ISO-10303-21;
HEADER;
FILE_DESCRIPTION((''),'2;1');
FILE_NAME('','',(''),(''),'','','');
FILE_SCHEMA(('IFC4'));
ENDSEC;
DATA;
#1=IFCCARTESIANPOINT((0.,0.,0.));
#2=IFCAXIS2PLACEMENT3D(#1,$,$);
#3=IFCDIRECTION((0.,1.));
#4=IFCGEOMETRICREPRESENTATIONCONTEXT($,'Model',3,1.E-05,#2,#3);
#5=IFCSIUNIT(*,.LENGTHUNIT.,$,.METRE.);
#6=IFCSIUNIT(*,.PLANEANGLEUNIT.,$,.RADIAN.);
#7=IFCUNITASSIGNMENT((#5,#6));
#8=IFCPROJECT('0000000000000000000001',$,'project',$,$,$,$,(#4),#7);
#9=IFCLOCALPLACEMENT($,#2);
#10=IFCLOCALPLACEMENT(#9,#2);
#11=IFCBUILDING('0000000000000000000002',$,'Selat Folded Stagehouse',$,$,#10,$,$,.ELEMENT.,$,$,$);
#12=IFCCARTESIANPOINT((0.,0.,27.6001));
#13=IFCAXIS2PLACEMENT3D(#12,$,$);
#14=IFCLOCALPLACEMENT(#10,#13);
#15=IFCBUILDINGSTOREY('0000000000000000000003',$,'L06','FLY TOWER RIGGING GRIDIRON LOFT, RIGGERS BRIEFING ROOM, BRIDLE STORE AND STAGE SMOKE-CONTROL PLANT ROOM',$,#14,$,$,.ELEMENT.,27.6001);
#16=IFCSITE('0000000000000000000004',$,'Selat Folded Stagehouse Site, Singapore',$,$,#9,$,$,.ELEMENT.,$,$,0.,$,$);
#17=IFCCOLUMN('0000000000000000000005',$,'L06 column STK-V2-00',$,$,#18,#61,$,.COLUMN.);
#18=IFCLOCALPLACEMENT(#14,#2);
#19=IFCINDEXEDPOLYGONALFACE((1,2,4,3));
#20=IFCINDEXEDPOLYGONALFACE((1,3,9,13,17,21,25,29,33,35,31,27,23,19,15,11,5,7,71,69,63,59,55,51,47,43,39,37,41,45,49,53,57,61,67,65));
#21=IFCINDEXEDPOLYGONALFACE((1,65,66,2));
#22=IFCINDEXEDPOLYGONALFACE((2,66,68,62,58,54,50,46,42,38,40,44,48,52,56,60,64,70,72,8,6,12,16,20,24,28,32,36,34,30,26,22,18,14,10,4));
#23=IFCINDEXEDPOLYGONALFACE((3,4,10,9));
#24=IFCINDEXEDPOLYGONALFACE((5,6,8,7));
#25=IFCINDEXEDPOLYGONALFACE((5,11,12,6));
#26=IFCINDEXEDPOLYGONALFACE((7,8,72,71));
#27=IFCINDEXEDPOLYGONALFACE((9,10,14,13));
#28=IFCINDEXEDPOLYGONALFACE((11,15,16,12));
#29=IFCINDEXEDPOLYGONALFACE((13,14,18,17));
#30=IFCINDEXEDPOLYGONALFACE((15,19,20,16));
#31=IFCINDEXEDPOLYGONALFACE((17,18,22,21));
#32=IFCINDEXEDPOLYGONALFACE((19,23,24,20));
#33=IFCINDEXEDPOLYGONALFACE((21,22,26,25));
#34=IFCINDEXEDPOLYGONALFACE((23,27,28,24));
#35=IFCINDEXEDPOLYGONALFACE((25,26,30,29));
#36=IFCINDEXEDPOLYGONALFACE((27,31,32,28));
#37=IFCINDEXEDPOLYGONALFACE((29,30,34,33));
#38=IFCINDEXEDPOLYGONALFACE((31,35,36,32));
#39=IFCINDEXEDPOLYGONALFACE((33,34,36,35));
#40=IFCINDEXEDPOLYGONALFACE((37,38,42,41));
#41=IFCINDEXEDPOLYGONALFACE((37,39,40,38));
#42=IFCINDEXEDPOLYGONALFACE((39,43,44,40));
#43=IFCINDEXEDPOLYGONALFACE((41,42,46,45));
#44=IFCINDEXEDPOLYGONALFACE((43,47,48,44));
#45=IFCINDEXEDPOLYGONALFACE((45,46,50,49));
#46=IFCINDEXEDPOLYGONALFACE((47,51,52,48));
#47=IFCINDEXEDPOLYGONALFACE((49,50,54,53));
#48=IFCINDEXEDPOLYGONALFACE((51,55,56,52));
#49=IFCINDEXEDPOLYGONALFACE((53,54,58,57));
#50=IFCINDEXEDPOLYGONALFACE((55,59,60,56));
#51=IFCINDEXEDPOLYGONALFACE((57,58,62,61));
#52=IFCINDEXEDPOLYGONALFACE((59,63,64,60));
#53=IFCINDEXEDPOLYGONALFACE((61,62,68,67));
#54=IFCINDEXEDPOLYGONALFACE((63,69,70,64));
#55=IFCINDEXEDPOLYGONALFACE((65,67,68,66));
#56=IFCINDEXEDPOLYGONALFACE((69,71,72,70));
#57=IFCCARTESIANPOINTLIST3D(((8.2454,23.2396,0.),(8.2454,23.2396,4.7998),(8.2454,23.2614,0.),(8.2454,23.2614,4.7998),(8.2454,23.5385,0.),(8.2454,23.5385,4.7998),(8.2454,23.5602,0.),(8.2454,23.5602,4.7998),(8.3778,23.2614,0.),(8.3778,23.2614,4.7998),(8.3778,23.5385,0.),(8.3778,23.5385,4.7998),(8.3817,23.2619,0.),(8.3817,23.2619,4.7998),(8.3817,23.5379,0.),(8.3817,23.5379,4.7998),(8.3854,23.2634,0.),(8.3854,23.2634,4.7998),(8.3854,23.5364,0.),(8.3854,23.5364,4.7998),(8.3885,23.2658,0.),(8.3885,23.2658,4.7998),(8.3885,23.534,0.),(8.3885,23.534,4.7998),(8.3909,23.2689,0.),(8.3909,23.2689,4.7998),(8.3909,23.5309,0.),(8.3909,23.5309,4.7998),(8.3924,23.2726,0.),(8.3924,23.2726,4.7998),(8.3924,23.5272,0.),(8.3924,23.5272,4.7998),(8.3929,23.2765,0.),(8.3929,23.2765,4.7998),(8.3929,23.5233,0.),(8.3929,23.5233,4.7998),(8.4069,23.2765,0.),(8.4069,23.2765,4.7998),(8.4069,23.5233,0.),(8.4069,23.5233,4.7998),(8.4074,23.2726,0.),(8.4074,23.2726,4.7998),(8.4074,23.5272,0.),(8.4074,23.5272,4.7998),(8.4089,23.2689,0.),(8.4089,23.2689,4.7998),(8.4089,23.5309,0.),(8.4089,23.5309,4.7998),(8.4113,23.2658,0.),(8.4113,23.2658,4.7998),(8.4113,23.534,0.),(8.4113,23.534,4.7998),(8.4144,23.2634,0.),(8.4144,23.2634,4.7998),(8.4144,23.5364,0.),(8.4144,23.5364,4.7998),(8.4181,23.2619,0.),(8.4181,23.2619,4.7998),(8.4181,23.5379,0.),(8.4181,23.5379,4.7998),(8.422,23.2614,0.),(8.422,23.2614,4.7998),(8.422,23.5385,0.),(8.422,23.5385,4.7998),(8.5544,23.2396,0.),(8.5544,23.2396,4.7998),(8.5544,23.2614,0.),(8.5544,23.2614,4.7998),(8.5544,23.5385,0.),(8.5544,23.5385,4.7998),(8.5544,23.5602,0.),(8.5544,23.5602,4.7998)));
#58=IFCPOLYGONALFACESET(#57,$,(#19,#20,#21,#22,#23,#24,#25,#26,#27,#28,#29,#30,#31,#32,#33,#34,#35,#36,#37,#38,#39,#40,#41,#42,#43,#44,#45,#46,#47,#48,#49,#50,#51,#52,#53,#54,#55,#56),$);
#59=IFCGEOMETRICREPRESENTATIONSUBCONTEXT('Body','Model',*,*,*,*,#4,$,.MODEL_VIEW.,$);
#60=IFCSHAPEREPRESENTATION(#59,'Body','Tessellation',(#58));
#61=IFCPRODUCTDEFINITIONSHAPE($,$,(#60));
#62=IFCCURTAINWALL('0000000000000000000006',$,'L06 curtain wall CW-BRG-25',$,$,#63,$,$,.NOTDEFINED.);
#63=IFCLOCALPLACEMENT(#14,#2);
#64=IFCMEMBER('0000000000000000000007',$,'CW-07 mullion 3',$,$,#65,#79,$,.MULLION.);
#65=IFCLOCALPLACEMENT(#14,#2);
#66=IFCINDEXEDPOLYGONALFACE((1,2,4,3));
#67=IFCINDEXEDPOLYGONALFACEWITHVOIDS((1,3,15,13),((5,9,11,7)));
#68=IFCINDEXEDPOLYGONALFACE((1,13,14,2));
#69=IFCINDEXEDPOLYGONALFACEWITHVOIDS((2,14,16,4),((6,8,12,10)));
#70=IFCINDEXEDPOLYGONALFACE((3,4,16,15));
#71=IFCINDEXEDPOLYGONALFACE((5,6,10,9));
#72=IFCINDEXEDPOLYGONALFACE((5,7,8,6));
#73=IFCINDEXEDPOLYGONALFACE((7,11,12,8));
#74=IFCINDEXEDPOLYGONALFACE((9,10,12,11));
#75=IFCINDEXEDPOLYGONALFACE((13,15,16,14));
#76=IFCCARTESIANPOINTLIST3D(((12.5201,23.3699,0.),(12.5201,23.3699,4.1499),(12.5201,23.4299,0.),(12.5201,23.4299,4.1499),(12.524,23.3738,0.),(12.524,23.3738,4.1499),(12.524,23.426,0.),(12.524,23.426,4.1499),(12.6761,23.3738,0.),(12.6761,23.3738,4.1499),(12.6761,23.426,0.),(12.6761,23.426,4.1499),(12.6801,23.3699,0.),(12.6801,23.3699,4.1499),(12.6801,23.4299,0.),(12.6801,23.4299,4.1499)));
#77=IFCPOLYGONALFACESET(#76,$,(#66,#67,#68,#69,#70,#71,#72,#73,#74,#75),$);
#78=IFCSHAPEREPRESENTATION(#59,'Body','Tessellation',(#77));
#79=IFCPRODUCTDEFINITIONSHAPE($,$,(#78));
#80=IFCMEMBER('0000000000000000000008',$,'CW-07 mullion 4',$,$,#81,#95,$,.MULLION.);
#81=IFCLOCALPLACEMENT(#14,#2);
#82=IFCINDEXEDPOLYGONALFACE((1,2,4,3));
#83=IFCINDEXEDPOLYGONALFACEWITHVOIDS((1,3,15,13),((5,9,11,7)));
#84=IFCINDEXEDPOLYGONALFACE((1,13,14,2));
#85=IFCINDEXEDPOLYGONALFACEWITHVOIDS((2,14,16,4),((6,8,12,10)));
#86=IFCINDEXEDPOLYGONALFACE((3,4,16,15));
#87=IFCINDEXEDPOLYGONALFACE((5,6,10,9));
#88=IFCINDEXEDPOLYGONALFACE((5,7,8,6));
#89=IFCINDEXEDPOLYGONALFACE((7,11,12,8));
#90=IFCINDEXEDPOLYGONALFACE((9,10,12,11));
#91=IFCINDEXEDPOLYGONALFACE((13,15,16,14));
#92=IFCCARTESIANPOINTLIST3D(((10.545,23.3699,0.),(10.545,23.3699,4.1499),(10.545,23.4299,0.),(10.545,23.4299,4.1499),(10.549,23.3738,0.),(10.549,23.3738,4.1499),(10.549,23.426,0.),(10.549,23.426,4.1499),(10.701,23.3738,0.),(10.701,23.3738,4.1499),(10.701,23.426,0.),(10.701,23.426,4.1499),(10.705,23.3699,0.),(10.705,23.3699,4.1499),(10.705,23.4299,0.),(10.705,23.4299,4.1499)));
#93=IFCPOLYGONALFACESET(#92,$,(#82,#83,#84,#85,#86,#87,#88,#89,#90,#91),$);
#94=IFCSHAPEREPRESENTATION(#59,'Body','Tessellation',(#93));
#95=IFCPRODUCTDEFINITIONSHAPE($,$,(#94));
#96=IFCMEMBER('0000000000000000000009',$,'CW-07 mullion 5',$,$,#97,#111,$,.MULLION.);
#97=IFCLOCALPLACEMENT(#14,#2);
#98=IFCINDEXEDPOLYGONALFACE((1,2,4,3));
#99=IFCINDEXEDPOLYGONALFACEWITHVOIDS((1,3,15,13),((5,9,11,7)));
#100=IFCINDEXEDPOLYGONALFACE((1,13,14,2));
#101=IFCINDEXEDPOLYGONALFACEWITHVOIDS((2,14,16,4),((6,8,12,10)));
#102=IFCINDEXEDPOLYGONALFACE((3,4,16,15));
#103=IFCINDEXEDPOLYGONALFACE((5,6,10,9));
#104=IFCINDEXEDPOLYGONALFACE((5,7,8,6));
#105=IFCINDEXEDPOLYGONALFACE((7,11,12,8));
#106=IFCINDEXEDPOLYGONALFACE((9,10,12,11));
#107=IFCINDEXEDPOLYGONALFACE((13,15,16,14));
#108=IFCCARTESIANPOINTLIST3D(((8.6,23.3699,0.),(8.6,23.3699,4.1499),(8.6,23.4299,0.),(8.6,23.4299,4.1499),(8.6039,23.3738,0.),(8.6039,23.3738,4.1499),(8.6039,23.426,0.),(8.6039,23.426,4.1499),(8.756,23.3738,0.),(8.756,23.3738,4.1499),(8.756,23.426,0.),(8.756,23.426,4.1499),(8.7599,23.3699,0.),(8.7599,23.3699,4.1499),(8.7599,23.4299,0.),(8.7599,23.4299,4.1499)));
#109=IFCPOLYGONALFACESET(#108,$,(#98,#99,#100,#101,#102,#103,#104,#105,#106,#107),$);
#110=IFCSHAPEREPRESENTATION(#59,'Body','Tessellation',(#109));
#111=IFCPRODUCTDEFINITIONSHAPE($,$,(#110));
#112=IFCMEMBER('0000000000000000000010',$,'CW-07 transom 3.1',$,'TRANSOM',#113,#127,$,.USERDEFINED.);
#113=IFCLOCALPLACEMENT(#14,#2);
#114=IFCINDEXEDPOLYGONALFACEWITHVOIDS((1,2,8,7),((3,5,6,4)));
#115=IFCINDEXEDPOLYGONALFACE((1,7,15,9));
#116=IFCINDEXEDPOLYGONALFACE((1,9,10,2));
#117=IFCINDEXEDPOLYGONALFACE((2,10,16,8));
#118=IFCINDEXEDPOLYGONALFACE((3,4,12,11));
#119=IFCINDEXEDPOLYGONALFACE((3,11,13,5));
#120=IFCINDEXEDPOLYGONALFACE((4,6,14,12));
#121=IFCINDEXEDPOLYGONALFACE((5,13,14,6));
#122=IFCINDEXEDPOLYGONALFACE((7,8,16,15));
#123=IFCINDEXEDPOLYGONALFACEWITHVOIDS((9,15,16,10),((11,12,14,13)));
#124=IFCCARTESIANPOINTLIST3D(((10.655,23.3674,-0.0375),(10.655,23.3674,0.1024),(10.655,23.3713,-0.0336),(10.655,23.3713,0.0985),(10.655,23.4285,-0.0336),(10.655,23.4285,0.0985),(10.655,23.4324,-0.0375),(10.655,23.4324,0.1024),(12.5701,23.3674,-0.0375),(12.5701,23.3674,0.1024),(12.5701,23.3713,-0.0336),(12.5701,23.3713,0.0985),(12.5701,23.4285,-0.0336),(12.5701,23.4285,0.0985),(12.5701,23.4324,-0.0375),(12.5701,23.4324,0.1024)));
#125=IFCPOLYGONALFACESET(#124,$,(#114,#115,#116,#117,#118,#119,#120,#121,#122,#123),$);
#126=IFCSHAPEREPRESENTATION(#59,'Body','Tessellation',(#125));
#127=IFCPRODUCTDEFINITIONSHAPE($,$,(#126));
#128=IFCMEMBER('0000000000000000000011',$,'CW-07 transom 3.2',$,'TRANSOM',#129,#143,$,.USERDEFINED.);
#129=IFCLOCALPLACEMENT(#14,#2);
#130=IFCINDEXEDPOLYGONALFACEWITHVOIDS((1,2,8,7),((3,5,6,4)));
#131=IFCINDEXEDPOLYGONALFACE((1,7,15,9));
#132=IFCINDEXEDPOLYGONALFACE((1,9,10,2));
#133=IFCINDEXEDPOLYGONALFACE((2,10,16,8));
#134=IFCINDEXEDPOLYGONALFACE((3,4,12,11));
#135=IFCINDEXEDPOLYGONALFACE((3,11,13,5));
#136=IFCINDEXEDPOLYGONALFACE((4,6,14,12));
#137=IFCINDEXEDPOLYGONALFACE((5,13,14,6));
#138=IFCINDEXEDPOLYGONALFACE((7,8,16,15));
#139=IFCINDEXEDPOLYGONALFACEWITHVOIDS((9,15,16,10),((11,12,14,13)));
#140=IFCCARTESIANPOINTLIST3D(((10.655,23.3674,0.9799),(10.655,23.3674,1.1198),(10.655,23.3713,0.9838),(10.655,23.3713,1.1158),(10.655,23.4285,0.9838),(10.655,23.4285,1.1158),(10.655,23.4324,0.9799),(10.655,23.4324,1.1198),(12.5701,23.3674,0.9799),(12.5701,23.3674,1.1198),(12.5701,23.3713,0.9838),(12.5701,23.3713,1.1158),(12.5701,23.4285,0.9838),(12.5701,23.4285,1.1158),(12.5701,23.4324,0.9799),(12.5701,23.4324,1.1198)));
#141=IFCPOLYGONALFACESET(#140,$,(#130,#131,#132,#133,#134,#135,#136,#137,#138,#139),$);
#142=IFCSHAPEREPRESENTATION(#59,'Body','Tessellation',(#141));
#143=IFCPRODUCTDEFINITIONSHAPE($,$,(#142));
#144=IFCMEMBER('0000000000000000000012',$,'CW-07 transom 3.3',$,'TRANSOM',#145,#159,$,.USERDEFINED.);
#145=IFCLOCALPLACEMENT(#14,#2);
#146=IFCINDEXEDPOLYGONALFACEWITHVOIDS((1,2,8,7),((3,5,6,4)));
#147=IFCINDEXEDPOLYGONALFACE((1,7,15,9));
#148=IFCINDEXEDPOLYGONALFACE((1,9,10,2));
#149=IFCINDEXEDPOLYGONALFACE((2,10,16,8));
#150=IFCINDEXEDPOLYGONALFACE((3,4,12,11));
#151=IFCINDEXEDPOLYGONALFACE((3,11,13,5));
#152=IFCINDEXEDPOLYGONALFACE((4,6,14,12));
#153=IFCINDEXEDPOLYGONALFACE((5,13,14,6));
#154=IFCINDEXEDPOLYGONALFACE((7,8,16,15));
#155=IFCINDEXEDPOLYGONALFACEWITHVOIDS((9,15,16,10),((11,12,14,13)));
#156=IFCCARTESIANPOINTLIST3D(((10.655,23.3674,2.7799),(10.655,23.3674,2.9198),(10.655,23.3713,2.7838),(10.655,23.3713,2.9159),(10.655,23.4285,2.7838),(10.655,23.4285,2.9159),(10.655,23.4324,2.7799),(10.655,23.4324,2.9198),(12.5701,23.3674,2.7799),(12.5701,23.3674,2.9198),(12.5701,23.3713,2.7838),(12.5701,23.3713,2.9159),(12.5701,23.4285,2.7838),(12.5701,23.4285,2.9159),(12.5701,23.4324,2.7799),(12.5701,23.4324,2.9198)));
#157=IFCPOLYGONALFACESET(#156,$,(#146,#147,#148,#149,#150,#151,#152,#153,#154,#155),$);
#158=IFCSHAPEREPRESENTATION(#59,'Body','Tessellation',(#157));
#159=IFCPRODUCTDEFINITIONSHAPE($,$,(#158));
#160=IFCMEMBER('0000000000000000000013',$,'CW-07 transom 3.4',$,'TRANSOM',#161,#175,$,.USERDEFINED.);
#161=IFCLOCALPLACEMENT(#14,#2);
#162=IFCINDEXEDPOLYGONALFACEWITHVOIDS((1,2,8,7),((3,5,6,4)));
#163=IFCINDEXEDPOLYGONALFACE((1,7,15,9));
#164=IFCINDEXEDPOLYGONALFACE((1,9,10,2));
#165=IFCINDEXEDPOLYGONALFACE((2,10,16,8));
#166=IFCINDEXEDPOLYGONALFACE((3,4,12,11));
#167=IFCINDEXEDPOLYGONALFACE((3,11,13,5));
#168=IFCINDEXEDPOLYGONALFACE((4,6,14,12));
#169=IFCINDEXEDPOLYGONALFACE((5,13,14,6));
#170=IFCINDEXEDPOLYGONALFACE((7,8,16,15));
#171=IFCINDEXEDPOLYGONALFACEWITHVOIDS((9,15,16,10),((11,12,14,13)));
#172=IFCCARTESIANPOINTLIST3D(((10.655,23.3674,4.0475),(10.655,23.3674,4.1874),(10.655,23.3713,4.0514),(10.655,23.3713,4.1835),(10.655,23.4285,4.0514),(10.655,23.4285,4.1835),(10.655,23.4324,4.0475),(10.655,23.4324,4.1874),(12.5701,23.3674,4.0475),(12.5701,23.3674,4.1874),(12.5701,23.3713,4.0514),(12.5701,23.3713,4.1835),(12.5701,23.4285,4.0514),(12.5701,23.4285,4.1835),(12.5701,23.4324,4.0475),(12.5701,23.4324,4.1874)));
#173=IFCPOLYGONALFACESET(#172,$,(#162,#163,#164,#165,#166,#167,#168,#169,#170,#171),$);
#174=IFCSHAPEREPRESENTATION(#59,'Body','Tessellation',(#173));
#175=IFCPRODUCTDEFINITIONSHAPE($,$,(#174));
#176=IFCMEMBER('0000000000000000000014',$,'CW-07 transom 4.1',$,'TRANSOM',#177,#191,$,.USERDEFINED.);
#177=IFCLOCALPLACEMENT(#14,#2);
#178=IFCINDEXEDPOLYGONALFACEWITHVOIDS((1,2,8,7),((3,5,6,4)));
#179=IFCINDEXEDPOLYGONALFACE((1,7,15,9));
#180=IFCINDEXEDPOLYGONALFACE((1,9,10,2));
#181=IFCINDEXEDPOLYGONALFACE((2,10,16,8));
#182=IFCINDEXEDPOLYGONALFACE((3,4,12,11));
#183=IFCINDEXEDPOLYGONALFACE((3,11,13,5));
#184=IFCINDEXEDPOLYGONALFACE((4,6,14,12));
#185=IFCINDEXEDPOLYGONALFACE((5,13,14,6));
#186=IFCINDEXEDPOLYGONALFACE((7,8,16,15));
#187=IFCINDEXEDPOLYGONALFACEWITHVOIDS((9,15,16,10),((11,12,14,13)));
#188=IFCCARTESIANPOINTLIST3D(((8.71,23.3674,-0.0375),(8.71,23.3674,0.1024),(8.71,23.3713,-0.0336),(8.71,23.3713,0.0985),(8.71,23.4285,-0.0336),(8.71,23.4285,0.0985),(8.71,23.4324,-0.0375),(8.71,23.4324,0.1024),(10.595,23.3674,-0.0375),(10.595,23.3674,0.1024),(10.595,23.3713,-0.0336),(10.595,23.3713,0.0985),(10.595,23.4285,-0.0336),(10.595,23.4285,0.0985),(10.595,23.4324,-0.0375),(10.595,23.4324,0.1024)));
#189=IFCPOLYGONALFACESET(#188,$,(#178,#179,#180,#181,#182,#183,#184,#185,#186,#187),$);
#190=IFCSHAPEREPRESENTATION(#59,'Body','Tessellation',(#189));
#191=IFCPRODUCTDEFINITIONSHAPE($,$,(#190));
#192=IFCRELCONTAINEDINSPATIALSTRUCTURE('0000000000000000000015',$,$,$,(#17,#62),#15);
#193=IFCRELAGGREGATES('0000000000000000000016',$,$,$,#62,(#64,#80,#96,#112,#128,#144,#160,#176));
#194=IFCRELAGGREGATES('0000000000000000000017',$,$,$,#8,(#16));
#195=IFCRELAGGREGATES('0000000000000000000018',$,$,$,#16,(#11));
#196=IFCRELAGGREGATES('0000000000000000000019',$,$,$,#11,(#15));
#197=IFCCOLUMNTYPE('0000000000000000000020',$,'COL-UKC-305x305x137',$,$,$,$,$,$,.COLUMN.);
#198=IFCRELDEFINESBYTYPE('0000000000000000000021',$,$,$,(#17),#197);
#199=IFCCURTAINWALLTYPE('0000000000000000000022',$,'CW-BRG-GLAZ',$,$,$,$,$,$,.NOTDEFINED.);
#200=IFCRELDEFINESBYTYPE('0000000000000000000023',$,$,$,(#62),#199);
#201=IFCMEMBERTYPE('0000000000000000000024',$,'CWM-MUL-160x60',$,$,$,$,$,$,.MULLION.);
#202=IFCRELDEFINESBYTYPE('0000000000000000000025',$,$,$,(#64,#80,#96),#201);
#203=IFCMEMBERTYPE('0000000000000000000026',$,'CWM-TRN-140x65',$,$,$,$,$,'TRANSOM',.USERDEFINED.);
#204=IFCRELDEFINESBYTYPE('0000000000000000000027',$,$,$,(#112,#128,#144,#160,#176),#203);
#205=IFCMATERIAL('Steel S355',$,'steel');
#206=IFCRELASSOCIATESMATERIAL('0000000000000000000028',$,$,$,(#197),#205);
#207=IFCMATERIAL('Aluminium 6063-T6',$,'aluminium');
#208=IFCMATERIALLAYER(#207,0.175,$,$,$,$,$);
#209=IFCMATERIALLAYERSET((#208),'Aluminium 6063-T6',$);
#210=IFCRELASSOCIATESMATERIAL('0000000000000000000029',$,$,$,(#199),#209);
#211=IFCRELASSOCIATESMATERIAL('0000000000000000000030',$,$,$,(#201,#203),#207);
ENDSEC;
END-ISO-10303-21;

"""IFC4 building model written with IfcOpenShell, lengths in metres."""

from ifc_helpers import new_model, si_unit, direction, frame, origin, origin_2d, place, context, subcontext, project, spatial, hollow_rectangle, i_section, extrude, material, layer, layer_set, material_profile, profile_set, type_object, element, aggregate, save


model = new_model("IFC4")

# Units and contexts
model_context = context("Model", 3, precision=1e-05, world=origin(), true_north=direction((0.0, 1.0)))
body_context = subcontext(model_context, "Body", "Model", "MODEL_VIEW")
ifc_project = project(units=[si_unit("LENGTHUNIT", "METRE"), si_unit("PLANEANGLEUNIT", "RADIAN")], contexts=[model_context])

# Site, building, storey
site_placement = place(None, origin())
site = spatial("IfcSite", under=ifc_project, at=site_placement, Name="Selat Folded Stagehouse Site, Singapore", CompositionType="ELEMENT", RefElevation=0.0)
building_placement = place(site_placement, origin())
building = spatial("IfcBuilding", under=site, at=building_placement, Name="Selat Folded Stagehouse", CompositionType="ELEMENT")
storey_placement = place(building_placement, frame((0.0, 0.0, 27.6001)))
storey = spatial("IfcBuildingStorey", under=building, at=storey_placement, Name="L06", Description="FLY TOWER RIGGING GRIDIRON LOFT, RIGGERS BRIEFING ROOM, BRIDLE STORE AND STAGE SMOKE-CONTROL PLANT ROOM", CompositionType="ELEMENT", Elevation=27.6001)

# Column
ifc_material_1 = material(Name="Steel S355", Category="steel")
ifc_material_profile_1 = material_profile(ifc_material_1, i_section(OverallWidth=0.3091, OverallDepth=0.3206, WebThickness=0.0139, FlangeThickness=0.0217, FilletRadius=0.0151, at=origin_2d()), Name="UKC 305x305x137")
ifc_profile_set_1 = profile_set([ifc_material_profile_1], Name="Steel S355")
column_type = type_object("IfcColumnType", Name="COL-UKC-305x305x137", PredefinedType="COLUMN", material=ifc_profile_set_1)
column_placement = place(storey_placement, frame((8.3999, 23.3999, 0.0), z_axis=(0.0, 0.0, 1.0), x_axis=(1.0, 0.0, 0.0)))
element("IfcColumn", 1, at=column_placement, inside=storey, type_object=column_type, Name="L06 column STK-V2-00", PredefinedType="COLUMN", context=body_context, shape_type="SweptSolid", body=[
    extrude(i_section(OverallWidth=0.3091, OverallDepth=0.3206, WebThickness=0.0139, FlangeThickness=0.0217, FilletRadius=0.0151, at=origin_2d()), origin(), (0.0, 0.0, 1.0), 4.7998),
])

# Curtain wall, members
ifc_material_2 = material(Name="Aluminium 6063-T6", Category="aluminium")
ifc_layer_1 = layer(ifc_material_2, 0.175)
ifc_layer_set_1 = layer_set([ifc_layer_1], Name="Aluminium 6063-T6")
curtain_wall_type = type_object("IfcCurtainWallType", Name="CW-BRG-GLAZ", PredefinedType="NOTDEFINED", material=ifc_layer_set_1)
curtain_wall_placement = place(storey_placement, origin())
curtain_wall = element("IfcCurtainWall", 2, at=curtain_wall_placement, inside=storey, type_object=curtain_wall_type, Name="L06 curtain wall CW-BRG-25", PredefinedType="NOTDEFINED")
ifc_material_profile_2 = material_profile(ifc_material_2, hollow_rectangle(XDim=0.0601, YDim=0.1599, WallThickness=0.0039, at=origin_2d()), Name="ALU 160x60x4.0")
ifc_profile_set_2 = profile_set([ifc_material_profile_2], Name="Aluminium 6063-T6")
member_type_1 = type_object("IfcMemberType", Name="CWM-MUL-160x60", PredefinedType="MULLION", material=ifc_profile_set_2)
member_1_placement = place(storey_placement, frame((12.6001, 23.3999, 0.0), z_axis=(0.0, 0.0, 1.0), x_axis=(0.0, -1.0, 0.0)))
member_1 = element("IfcMember", 3, at=member_1_placement, type_object=member_type_1, Name="CW-07 mullion 3", PredefinedType="MULLION", context=body_context, shape_type="SweptSolid", body=[
    extrude(hollow_rectangle(XDim=0.0601, YDim=0.1599, WallThickness=0.0039, at=origin_2d()), origin(), (0.0, 0.0, 1.0), 4.1499),
])
member_2_placement = place(storey_placement, frame((10.625, 23.3999, 0.0), z_axis=(0.0, 0.0, 1.0), x_axis=(0.0, -1.0, 0.0)))
member_2 = element("IfcMember", 4, at=member_2_placement, type_object=member_type_1, Name="CW-07 mullion 4", PredefinedType="MULLION", context=body_context, shape_type="SweptSolid", body=[
    extrude(hollow_rectangle(XDim=0.0601, YDim=0.1599, WallThickness=0.0039, at=origin_2d()), origin(), (0.0, 0.0, 1.0), 4.1499),
])
member_3_placement = place(storey_placement, frame((8.6799, 23.3999, 0.0), z_axis=(0.0, 0.0, 1.0), x_axis=(0.0, -1.0, 0.0)))
member_3 = element("IfcMember", 5, at=member_3_placement, type_object=member_type_1, Name="CW-07 mullion 5", PredefinedType="MULLION", context=body_context, shape_type="SweptSolid", body=[
    extrude(hollow_rectangle(XDim=0.0601, YDim=0.1599, WallThickness=0.0039, at=origin_2d()), origin(), (0.0, 0.0, 1.0), 4.1499),
])
ifc_material_profile_3 = material_profile(ifc_material_2, hollow_rectangle(XDim=0.0649, YDim=0.1399, WallThickness=0.0039, at=origin_2d()), Name="ALU 140x65x4.0")
ifc_profile_set_3 = profile_set([ifc_material_profile_3], Name="Aluminium 6063-T6")
member_type_2 = type_object("IfcMemberType", Name="CWM-TRN-140x65", ElementType="TRANSOM", PredefinedType="USERDEFINED", material=ifc_profile_set_3)
member_4_placement = place(storey_placement, frame((12.5701, 23.3999, 0.0325), z_axis=(-1.0, 0.0, 0.0), x_axis=(0.0, -1.0, 0.0)))
member_4 = element("IfcMember", 6, at=member_4_placement, type_object=member_type_2, Name="CW-07 transom 3.1", ObjectType="TRANSOM", PredefinedType="USERDEFINED", context=body_context, shape_type="SweptSolid", body=[
    extrude(hollow_rectangle(XDim=0.0649, YDim=0.1399, WallThickness=0.0039, at=origin_2d()), origin(), (0.0, 0.0, 1.0), 1.915),
])
member_5_placement = place(storey_placement, frame((12.5701, 23.3999, 1.0498), z_axis=(-1.0, 0.0, 0.0), x_axis=(0.0, -1.0, 0.0)))
member_5 = element("IfcMember", 7, at=member_5_placement, type_object=member_type_2, Name="CW-07 transom 3.2", ObjectType="TRANSOM", PredefinedType="USERDEFINED", context=body_context, shape_type="SweptSolid", body=[
    extrude(hollow_rectangle(XDim=0.0649, YDim=0.1399, WallThickness=0.0039, at=origin_2d()), origin(), (0.0, 0.0, 1.0), 1.915),
])
member_6_placement = place(storey_placement, frame((12.5701, 23.3999, 2.8499), z_axis=(-1.0, 0.0, 0.0), x_axis=(0.0, -1.0, 0.0)))
member_6 = element("IfcMember", 8, at=member_6_placement, type_object=member_type_2, Name="CW-07 transom 3.3", ObjectType="TRANSOM", PredefinedType="USERDEFINED", context=body_context, shape_type="SweptSolid", body=[
    extrude(hollow_rectangle(XDim=0.0649, YDim=0.1399, WallThickness=0.0039, at=origin_2d()), origin(), (0.0, 0.0, 1.0), 1.915),
])
member_7_placement = place(storey_placement, frame((12.5701, 23.3999, 4.1174), z_axis=(-1.0, 0.0, 0.0), x_axis=(0.0, -1.0, 0.0)))
member_7 = element("IfcMember", 9, at=member_7_placement, type_object=member_type_2, Name="CW-07 transom 3.4", ObjectType="TRANSOM", PredefinedType="USERDEFINED", context=body_context, shape_type="SweptSolid", body=[
    extrude(hollow_rectangle(XDim=0.0649, YDim=0.1399, WallThickness=0.0039, at=origin_2d()), origin(), (0.0, 0.0, 1.0), 1.915),
])
member_8_placement = place(storey_placement, frame((10.595, 23.3999, 0.0325), z_axis=(-1.0, 0.0, 0.0), x_axis=(0.0, -1.0, 0.0)))
member_8 = element("IfcMember", 10, at=member_8_placement, type_object=member_type_2, Name="CW-07 transom 4.1", ObjectType="TRANSOM", PredefinedType="USERDEFINED", context=body_context, shape_type="SweptSolid", body=[
    extrude(hollow_rectangle(XDim=0.0649, YDim=0.1399, WallThickness=0.0039, at=origin_2d()), origin(), (0.0, 0.0, 1.0), 1.885),
])
aggregate(curtain_wall, [member_1, member_2, member_3, member_4, member_5, member_6, member_7, member_8])

save(model, "model.ifc")
